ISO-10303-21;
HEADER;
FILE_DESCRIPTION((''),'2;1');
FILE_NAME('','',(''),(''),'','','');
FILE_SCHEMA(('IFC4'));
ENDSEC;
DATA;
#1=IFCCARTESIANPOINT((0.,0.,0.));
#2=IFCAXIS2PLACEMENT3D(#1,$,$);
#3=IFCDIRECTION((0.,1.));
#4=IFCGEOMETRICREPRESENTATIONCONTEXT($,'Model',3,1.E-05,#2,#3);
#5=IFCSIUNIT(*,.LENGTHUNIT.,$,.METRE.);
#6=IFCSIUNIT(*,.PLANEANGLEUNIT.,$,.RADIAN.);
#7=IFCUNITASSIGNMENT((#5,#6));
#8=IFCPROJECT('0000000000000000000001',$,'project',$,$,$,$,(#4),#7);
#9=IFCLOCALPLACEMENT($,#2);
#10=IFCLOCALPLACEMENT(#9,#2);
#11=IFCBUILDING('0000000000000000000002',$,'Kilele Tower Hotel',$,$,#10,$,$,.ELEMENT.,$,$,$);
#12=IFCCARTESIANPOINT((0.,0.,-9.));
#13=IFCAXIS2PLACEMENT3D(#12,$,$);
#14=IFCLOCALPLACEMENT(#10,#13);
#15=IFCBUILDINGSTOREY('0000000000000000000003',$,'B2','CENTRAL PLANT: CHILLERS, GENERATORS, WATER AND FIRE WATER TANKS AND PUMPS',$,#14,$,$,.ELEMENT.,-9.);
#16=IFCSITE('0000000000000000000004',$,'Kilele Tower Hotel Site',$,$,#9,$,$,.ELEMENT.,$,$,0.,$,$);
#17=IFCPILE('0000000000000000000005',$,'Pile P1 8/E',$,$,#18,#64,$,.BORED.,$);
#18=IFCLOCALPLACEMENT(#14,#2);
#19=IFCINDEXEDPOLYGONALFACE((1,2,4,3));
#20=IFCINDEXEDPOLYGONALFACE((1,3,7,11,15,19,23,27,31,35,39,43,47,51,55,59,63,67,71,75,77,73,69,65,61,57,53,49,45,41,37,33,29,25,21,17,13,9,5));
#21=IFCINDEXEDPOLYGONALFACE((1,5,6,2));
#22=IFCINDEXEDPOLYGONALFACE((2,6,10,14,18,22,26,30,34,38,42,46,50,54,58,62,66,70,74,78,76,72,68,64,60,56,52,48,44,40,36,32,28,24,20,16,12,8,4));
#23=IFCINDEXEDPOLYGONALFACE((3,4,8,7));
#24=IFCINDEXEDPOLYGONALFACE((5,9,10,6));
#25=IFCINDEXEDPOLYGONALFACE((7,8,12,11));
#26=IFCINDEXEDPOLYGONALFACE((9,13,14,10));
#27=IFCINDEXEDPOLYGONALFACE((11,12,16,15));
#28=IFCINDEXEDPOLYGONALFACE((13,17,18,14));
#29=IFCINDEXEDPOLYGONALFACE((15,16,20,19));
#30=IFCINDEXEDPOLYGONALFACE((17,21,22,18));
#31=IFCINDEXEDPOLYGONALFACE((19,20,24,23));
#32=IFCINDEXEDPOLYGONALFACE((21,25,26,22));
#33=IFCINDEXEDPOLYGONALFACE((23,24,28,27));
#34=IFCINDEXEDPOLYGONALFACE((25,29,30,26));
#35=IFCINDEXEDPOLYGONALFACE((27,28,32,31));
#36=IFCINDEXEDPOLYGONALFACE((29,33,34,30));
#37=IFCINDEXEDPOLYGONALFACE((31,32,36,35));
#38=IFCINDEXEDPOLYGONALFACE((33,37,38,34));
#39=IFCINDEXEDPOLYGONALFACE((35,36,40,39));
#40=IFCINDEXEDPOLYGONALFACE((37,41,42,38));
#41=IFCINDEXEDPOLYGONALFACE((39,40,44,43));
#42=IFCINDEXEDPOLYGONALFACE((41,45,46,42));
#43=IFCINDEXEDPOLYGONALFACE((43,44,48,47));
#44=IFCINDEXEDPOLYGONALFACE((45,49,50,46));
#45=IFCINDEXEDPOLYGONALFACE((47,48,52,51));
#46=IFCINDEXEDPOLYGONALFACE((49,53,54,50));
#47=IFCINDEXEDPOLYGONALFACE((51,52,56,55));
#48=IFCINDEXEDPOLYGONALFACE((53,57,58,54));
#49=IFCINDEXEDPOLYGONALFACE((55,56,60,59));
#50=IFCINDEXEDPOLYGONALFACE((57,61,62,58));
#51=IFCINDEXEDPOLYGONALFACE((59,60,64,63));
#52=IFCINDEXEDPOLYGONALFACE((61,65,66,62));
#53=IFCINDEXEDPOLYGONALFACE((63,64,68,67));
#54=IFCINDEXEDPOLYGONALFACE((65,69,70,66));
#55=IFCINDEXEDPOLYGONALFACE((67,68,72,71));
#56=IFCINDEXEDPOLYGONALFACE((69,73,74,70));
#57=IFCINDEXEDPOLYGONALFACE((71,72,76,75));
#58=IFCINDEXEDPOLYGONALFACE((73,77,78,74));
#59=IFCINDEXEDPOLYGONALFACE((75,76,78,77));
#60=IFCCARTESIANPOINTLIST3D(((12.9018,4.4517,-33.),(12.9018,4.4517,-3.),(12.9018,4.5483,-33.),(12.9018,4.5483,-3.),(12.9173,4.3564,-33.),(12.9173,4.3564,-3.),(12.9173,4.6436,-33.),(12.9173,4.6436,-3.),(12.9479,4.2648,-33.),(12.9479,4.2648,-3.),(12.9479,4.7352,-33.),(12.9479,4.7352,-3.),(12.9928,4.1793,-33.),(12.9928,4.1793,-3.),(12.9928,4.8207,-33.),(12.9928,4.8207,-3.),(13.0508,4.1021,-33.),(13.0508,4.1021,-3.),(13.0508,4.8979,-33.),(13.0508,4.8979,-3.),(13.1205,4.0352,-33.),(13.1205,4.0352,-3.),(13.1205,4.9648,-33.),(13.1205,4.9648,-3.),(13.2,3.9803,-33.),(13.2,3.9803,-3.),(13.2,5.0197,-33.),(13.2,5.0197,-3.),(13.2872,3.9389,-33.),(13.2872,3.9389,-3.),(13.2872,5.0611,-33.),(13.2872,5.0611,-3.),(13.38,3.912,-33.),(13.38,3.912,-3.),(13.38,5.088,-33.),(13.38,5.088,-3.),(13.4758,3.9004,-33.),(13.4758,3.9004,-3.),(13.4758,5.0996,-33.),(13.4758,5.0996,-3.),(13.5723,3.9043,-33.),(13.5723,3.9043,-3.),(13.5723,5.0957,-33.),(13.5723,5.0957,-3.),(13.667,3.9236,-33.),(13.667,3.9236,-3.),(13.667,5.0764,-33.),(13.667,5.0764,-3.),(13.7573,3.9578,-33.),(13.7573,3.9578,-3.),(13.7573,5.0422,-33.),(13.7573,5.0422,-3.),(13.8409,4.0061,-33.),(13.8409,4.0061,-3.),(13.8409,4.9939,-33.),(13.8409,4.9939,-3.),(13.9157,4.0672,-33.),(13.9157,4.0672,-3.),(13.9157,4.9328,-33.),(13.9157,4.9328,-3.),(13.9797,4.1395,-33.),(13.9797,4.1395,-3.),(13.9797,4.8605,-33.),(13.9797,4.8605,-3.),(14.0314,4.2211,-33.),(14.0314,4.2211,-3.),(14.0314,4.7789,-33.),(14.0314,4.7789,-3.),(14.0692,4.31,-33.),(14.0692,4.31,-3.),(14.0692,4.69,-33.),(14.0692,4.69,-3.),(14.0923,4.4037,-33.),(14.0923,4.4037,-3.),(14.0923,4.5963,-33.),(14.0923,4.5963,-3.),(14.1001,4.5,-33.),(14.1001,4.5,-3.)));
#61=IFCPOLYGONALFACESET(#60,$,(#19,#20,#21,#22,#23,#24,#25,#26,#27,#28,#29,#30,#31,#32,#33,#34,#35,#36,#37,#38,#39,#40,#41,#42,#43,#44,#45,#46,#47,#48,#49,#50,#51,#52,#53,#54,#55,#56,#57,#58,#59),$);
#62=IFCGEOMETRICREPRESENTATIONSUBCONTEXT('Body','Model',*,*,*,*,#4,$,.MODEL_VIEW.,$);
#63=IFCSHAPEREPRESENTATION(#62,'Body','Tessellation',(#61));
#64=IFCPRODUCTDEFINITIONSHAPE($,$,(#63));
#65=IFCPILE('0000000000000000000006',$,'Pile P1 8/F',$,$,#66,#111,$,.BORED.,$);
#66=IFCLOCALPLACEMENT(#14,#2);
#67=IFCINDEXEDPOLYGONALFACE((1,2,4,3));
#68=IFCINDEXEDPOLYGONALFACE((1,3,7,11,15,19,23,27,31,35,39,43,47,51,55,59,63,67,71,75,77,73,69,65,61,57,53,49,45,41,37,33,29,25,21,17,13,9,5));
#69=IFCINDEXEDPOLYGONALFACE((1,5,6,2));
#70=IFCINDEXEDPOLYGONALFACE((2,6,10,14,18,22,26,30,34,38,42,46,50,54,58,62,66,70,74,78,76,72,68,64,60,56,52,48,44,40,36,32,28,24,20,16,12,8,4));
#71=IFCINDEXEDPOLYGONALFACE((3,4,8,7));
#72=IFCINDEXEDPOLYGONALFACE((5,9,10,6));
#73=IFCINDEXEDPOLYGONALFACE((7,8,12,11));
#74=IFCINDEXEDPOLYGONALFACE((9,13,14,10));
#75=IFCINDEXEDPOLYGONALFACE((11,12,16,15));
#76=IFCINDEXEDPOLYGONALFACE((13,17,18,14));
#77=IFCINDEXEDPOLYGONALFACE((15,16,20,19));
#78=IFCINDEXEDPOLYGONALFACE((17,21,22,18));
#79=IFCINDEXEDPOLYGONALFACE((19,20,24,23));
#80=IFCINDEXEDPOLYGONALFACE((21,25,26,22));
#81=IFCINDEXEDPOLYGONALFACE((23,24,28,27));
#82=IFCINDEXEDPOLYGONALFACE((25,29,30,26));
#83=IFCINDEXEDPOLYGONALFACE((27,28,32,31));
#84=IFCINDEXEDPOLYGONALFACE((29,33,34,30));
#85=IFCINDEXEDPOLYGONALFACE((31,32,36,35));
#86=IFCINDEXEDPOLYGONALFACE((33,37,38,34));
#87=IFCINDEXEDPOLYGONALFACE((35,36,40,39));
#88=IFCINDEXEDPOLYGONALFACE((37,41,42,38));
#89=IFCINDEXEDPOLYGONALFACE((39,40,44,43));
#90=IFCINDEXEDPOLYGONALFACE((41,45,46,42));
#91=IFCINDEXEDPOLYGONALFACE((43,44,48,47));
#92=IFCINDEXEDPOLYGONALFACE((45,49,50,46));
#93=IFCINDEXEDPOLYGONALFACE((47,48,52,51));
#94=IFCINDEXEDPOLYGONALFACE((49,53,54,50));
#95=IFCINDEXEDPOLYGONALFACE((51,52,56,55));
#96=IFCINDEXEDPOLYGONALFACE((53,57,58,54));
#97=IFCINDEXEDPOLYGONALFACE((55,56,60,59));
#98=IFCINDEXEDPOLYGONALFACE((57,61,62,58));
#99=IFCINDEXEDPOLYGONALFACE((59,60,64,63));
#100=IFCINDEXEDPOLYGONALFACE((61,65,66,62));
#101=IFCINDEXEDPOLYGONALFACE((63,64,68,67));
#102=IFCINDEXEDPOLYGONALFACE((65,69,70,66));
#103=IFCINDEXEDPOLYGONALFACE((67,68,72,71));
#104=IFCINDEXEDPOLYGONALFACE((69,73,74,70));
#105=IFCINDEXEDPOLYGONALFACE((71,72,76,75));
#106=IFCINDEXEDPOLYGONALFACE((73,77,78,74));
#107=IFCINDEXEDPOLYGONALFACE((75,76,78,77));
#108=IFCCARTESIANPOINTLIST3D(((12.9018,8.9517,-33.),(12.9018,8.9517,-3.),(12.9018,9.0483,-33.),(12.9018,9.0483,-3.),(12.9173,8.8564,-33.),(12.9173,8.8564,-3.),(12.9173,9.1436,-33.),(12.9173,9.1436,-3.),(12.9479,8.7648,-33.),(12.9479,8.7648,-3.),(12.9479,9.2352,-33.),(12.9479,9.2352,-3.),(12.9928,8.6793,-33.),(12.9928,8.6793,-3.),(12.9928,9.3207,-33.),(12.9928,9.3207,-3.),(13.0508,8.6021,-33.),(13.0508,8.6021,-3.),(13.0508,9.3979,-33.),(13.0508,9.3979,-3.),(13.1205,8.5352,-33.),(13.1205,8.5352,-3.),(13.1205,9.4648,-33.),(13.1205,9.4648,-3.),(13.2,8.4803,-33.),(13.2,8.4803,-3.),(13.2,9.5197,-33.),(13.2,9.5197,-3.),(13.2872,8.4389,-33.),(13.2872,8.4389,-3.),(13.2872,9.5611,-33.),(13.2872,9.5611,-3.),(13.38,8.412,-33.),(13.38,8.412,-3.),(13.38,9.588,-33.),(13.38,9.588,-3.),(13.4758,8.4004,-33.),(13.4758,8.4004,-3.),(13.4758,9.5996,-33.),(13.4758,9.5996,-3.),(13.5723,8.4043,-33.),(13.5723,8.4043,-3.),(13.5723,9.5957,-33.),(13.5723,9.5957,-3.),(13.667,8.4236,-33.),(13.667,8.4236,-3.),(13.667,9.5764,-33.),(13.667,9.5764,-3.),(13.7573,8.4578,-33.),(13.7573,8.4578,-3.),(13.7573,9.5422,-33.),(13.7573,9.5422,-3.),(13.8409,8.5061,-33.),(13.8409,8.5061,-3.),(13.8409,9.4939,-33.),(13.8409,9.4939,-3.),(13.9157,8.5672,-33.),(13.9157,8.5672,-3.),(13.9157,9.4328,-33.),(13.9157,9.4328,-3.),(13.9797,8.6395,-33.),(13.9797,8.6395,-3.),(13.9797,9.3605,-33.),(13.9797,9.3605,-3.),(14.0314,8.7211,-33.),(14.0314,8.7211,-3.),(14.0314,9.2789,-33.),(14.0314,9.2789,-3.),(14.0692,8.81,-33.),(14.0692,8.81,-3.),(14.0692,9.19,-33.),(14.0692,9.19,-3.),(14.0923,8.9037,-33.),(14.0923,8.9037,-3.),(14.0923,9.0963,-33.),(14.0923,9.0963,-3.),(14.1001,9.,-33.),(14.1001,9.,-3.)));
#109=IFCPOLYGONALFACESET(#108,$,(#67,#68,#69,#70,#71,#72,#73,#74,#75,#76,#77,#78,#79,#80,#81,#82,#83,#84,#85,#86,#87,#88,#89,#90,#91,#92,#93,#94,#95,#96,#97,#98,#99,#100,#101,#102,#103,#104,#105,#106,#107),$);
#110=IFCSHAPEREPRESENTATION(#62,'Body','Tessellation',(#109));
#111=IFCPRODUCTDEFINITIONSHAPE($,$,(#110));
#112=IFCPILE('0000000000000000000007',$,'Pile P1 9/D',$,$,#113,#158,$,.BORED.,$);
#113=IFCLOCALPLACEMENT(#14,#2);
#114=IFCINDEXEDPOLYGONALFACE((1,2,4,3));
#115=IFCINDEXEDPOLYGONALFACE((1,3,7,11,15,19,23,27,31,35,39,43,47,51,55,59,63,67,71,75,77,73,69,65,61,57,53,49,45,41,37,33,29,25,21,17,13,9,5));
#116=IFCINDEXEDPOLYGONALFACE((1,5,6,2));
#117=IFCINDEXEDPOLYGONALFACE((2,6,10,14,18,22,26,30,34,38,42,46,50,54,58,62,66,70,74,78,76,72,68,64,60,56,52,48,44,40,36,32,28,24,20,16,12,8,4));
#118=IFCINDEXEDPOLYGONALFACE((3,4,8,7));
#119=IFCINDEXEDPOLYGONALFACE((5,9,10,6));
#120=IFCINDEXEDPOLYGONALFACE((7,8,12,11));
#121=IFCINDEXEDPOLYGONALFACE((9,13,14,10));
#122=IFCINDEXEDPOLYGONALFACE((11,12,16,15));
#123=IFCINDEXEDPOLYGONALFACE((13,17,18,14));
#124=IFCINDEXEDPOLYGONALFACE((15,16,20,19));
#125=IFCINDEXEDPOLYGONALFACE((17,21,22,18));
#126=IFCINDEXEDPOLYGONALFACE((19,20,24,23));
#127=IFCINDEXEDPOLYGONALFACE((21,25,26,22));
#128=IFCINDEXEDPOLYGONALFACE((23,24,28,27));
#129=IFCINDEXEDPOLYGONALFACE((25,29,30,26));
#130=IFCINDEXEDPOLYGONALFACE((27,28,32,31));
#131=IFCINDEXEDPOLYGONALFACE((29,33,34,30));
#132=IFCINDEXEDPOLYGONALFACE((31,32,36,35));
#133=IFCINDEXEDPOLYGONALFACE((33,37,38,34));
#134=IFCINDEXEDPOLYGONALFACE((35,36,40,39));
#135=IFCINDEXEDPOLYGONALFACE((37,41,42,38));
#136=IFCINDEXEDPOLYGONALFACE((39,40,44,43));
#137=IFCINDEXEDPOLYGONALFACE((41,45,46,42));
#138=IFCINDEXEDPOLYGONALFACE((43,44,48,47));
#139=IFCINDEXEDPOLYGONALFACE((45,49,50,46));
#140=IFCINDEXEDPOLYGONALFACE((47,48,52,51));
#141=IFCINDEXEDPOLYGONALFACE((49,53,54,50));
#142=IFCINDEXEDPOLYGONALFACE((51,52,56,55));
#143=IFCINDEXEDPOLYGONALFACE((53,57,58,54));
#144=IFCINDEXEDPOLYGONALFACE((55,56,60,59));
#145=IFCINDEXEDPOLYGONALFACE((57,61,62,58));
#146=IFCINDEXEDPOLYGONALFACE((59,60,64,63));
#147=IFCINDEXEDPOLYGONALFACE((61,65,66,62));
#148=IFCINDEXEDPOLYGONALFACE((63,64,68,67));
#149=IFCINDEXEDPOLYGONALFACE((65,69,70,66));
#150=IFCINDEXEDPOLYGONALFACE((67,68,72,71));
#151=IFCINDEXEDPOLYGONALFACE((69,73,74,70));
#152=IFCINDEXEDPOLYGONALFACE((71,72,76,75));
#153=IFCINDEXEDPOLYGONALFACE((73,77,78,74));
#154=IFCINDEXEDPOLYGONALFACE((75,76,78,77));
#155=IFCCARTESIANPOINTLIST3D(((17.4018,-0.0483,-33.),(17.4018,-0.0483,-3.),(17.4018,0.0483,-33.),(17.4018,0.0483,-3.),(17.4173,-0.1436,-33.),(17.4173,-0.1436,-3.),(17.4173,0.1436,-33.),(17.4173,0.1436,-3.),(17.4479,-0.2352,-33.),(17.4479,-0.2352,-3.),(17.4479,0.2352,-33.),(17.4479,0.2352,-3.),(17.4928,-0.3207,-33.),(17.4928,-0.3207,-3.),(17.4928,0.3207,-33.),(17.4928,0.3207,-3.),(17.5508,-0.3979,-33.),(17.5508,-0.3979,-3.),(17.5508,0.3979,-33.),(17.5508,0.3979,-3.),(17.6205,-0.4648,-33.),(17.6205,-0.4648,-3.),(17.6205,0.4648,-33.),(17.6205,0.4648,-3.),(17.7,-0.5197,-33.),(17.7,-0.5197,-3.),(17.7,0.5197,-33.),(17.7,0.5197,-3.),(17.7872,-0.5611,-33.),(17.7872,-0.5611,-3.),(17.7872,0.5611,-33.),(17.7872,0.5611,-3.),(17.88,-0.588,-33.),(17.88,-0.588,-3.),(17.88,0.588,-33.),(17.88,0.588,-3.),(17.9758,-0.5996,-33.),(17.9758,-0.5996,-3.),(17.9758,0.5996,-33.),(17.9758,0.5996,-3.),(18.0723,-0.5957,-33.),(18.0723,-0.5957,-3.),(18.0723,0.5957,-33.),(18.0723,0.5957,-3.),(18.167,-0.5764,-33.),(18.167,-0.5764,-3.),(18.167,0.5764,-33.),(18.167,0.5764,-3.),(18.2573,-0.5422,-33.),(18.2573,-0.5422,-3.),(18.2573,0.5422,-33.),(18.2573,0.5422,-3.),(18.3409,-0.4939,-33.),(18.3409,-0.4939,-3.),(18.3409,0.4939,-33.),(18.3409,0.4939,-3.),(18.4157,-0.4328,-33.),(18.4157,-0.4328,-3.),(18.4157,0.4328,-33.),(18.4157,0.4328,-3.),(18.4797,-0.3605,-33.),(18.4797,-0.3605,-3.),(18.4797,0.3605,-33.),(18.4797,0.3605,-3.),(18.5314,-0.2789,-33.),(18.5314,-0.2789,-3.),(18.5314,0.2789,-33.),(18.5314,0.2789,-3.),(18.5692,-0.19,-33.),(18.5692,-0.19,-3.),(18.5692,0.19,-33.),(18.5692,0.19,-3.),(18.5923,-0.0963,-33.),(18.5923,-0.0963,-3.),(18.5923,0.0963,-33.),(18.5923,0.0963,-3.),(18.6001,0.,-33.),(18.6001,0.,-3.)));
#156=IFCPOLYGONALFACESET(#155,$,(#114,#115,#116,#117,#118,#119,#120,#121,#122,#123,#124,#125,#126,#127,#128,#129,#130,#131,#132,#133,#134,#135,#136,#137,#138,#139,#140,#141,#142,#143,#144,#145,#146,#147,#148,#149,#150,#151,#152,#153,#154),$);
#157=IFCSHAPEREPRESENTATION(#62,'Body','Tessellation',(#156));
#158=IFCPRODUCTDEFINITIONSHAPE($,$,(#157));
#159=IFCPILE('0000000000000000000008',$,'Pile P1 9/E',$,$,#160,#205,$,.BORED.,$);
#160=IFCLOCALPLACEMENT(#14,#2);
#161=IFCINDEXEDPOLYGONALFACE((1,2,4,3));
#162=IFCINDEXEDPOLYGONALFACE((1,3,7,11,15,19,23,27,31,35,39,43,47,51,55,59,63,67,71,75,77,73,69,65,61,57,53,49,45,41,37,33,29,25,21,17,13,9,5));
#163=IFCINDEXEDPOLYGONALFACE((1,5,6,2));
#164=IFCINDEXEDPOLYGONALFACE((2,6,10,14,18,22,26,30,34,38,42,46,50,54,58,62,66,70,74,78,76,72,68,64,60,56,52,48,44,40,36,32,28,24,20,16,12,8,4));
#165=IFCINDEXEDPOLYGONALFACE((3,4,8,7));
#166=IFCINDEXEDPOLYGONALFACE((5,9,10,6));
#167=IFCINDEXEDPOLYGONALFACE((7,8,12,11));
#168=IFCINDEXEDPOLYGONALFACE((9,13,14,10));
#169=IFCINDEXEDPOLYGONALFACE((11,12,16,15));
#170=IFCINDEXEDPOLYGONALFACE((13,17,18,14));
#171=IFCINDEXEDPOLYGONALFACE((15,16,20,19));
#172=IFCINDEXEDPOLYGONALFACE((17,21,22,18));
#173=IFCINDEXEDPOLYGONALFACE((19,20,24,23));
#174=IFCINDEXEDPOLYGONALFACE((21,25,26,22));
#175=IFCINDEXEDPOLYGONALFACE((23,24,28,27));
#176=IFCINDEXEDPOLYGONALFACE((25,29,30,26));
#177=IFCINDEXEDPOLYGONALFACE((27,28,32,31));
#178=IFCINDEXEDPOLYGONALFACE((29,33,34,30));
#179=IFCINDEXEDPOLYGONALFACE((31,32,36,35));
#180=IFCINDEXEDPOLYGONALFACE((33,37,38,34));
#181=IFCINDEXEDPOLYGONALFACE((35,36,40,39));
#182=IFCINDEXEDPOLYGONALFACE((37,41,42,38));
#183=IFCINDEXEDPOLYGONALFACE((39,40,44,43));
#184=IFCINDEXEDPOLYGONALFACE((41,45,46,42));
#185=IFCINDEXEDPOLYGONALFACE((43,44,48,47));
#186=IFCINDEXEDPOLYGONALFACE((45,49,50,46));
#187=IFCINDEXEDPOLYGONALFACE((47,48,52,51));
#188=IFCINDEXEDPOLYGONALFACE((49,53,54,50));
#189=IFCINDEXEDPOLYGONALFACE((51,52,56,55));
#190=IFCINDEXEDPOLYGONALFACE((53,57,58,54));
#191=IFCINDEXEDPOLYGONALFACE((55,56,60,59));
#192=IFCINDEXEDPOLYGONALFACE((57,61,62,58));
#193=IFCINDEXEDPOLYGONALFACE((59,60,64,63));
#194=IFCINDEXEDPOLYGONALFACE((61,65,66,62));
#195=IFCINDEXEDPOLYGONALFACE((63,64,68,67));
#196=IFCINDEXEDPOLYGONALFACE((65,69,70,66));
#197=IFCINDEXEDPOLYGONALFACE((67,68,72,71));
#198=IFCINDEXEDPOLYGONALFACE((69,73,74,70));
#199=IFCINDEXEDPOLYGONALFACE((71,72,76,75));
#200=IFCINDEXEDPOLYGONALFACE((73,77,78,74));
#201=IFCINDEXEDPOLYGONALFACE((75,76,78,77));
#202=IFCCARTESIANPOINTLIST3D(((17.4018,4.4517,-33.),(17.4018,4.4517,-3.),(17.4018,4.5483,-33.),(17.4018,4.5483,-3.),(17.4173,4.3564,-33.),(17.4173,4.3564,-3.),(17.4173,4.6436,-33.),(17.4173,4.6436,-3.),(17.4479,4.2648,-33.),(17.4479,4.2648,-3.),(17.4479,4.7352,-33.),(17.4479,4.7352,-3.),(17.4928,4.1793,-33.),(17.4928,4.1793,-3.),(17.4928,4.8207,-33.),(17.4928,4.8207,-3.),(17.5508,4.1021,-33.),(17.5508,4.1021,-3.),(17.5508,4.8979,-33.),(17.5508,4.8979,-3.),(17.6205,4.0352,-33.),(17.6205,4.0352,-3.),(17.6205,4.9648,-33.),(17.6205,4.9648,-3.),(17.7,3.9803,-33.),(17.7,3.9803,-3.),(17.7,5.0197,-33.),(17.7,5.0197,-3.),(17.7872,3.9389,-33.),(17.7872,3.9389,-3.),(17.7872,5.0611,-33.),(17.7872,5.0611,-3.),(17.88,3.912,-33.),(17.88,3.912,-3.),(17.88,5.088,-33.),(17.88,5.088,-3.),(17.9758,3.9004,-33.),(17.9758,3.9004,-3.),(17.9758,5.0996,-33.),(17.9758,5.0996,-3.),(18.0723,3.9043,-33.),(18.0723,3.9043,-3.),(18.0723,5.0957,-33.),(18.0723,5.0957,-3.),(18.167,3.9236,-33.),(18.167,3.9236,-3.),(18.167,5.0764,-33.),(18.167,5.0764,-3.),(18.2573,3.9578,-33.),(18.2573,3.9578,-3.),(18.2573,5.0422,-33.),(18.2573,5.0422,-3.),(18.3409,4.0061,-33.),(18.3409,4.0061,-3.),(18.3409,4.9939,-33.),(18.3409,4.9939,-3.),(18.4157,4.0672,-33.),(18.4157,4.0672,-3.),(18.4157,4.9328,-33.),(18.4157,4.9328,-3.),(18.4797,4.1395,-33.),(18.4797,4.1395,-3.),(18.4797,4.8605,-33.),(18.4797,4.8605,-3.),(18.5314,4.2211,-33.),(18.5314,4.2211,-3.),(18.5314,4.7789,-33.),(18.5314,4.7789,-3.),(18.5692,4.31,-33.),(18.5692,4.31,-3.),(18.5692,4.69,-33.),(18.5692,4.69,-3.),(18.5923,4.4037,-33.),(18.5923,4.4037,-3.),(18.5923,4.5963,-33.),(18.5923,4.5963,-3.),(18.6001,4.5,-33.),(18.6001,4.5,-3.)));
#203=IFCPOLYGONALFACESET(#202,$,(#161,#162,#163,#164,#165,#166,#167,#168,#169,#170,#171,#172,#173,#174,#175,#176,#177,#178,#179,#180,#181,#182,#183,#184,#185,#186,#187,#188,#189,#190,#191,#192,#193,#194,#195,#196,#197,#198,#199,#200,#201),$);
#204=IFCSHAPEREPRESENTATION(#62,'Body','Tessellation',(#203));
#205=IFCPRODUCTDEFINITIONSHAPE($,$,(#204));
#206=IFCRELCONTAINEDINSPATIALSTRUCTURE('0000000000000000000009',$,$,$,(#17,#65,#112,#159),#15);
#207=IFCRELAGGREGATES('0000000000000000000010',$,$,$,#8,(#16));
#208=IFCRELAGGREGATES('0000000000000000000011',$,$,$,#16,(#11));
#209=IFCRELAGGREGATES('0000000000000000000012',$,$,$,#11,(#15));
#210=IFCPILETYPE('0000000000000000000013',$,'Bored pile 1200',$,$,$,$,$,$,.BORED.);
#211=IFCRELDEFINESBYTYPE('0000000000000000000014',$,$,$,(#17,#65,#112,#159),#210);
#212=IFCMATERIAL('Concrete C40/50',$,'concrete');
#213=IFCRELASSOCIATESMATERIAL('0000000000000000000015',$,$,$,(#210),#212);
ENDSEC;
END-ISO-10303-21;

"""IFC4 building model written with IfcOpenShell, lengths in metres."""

from ifc_helpers import new_model, si_unit, direction, frame, origin, origin_2d, place, context, subcontext, project, spatial, circle, extrude, material, material_profile, profile_set, type_object, element, save


model = new_model("IFC4")

# Units and contexts
model_context = context("Model", 3, precision=1e-05, world=origin(), true_north=direction((0.0, 1.0)))
body_context = subcontext(model_context, "Body", "Model", "MODEL_VIEW")
ifc_project = project(units=[si_unit("LENGTHUNIT", "METRE"), si_unit("PLANEANGLEUNIT", "RADIAN")], contexts=[model_context])

# Site, building, storey
site_placement = place(None, origin())
site = spatial("IfcSite", under=ifc_project, at=site_placement, Name="Kilele Tower Hotel Site", CompositionType="ELEMENT", RefElevation=0.0)
building_placement = place(site_placement, origin())
building = spatial("IfcBuilding", under=site, at=building_placement, Name="Kilele Tower Hotel", CompositionType="ELEMENT")
storey_placement = place(building_placement, frame((0.0, 0.0, -9.0)))
storey = spatial("IfcBuildingStorey", under=building, at=storey_placement, Name="B2", Description="CENTRAL PLANT: CHILLERS, GENERATORS, WATER AND FIRE WATER TANKS AND PUMPS", CompositionType="ELEMENT", Elevation=-9.0)

# Piles
ifc_material_1 = material(Name="Concrete C40/50", Category="concrete")
ifc_material_profile_1 = material_profile(ifc_material_1, circle(Radius=0.6001, at=origin_2d()))
ifc_profile_set_1 = profile_set([ifc_material_profile_1], Name="Concrete C40/50")
pile_type = type_object("IfcPileType", Name="Bored pile 1200", PredefinedType="BORED", material=ifc_profile_set_1)
for number, where, z_axis, x_axis, name in (
    (1, (13.5, 4.5, -3.0), (0.0, 0.0, -1.0), (1.0, 0.0, 0.0), "Pile P1 8/E"),
    (2, (13.5, 9.0, -3.0), (0.0, 0.0, -1.0), (1.0, 0.0, 0.0), "Pile P1 8/F"),
    (3, (18.0, 0.0, -3.0), (0.0, 0.0, -1.0), (1.0, 0.0, 0.0), "Pile P1 9/D"),
    (4, (18.0, 4.5, -3.0), (0.0, 0.0, -1.0), (1.0, 0.0, 0.0), "Pile P1 9/E"),
):
    element("IfcPile", number, at=place(storey_placement, frame(where, z_axis=z_axis, x_axis=x_axis)), inside=storey, type_object=pile_type, Name=name, PredefinedType="BORED", context=body_context, shape_type="SweptSolid", body=[
        extrude(circle(Radius=0.6001, at=origin_2d()), origin(), (0.0, 0.0, 1.0), 30.0),
    ])

save(model, "model.ifc")
